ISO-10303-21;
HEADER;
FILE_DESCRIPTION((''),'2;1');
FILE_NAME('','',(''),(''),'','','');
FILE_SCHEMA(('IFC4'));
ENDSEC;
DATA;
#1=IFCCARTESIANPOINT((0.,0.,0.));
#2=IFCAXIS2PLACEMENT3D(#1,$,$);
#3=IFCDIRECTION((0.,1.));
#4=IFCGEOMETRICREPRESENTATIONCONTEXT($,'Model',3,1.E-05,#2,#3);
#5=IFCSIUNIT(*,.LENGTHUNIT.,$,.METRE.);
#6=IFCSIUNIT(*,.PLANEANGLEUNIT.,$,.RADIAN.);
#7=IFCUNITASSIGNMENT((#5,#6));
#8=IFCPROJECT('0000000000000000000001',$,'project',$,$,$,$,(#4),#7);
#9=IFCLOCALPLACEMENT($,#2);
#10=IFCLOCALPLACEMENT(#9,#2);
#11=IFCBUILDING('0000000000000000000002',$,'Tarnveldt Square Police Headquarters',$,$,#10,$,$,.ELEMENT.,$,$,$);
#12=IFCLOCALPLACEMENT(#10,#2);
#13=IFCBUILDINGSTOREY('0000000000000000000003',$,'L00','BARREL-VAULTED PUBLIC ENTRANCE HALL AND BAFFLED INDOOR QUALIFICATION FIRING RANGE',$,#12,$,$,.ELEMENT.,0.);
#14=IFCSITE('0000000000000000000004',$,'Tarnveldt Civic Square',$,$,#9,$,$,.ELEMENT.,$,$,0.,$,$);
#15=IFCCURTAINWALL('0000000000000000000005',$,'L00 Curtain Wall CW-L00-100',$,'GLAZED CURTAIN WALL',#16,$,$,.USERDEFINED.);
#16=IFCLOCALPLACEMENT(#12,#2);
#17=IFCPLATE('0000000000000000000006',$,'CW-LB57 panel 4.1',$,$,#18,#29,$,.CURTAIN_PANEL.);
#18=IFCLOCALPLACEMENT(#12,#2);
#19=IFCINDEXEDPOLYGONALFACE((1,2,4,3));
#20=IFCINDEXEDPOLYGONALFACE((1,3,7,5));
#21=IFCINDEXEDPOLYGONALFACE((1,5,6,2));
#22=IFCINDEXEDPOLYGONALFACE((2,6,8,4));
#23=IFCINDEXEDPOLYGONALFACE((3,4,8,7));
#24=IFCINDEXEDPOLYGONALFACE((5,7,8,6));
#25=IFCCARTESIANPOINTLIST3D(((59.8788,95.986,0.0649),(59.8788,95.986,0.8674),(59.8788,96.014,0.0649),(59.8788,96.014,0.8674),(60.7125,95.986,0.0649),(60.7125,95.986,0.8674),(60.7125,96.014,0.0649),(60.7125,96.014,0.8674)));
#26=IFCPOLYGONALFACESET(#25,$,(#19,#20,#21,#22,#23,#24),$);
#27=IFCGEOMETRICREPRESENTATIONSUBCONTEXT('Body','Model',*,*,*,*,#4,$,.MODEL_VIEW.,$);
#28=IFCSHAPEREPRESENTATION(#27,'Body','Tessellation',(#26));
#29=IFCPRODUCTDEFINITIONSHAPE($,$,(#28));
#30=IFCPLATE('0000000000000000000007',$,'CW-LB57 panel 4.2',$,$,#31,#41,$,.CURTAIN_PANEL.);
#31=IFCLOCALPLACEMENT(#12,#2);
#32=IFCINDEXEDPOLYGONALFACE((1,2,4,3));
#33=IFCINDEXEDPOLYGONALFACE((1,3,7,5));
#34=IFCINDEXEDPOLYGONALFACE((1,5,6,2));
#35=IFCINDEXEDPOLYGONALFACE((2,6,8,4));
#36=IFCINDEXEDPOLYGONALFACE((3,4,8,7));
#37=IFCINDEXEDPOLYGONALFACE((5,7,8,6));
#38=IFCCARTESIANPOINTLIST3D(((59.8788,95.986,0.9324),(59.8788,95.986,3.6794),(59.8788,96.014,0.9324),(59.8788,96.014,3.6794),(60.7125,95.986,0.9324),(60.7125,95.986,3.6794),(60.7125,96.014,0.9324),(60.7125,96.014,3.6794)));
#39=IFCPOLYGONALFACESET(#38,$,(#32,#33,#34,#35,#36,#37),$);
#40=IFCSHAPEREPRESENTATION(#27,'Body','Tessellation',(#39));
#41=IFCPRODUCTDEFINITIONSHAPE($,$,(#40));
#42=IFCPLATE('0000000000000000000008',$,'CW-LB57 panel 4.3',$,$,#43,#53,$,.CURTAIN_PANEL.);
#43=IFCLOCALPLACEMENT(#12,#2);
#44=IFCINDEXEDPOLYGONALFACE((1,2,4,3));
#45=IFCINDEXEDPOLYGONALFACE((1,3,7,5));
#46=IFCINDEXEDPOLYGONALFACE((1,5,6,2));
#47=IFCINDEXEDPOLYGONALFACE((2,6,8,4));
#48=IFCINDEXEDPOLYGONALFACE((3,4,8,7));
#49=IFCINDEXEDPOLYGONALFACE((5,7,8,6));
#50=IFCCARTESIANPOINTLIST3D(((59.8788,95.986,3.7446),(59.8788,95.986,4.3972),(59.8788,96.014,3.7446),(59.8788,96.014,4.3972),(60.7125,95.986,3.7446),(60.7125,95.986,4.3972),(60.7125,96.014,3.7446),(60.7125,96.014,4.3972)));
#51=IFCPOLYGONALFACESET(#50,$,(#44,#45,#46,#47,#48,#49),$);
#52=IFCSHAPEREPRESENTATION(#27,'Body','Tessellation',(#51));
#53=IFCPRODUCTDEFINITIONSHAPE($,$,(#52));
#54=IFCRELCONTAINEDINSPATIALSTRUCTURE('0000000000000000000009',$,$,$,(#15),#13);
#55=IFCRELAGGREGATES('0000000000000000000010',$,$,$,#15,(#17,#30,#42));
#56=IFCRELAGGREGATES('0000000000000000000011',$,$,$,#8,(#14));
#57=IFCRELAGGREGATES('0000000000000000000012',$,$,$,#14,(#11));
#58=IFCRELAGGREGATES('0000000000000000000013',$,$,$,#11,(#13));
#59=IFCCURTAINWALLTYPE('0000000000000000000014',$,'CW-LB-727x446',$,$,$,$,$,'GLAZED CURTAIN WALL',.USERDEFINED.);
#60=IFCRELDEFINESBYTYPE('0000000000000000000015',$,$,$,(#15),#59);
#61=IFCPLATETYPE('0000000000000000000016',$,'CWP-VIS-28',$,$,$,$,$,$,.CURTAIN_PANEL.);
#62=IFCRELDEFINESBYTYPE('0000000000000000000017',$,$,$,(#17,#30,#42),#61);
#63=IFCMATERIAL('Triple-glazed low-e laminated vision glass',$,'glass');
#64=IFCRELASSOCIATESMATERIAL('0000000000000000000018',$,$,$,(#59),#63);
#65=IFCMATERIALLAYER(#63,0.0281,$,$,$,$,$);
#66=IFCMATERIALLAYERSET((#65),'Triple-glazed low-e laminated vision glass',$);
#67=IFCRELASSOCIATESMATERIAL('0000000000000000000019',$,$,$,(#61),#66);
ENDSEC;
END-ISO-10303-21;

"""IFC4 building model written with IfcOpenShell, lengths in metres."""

from ifc_helpers import new_model, si_unit, direction, frame, origin, origin_2d, place, context, subcontext, project, spatial, rectangle, extrude, material, layer, layer_set, type_object, element, aggregate, save


model = new_model("IFC4")

# Units and contexts
model_context = context("Model", 3, precision=1e-05, world=origin(), true_north=direction((0.0, 1.0)))
body_context = subcontext(model_context, "Body", "Model", "MODEL_VIEW")
ifc_project = project(units=[si_unit("LENGTHUNIT", "METRE"), si_unit("PLANEANGLEUNIT", "RADIAN")], contexts=[model_context])

# Site, building, storey
site_placement = place(None, origin())
site = spatial("IfcSite", under=ifc_project, at=site_placement, Name="Tarnveldt Civic Square", CompositionType="ELEMENT", RefElevation=0.0)
building_placement = place(site_placement, origin())
building = spatial("IfcBuilding", under=site, at=building_placement, Name="Tarnveldt Square Police Headquarters", CompositionType="ELEMENT")
storey_placement = place(building_placement, origin())
storey = spatial("IfcBuildingStorey", under=building, at=storey_placement, Name="L00", Description="BARREL-VAULTED PUBLIC ENTRANCE HALL AND BAFFLED INDOOR QUALIFICATION FIRING RANGE", CompositionType="ELEMENT", Elevation=0.0)

# Curtain wall, plates
ifc_material_1 = material(Name="Triple-glazed low-e laminated vision glass", Category="glass")
curtain_wall_type = type_object("IfcCurtainWallType", Name="CW-LB-727x446", ElementType="GLAZED CURTAIN WALL", PredefinedType="USERDEFINED", material=ifc_material_1)
curtain_wall_placement = place(storey_placement, origin())
curtain_wall = element("IfcCurtainWall", 1, at=curtain_wall_placement, inside=storey, type_object=curtain_wall_type, Name="L00 Curtain Wall CW-L00-100", ObjectType="GLAZED CURTAIN WALL", PredefinedType="USERDEFINED")
ifc_layer = layer(ifc_material_1, 0.0281)
ifc_layer_set = layer_set([ifc_layer], Name="Triple-glazed low-e laminated vision glass")
plate_type = type_object("IfcPlateType", Name="CWP-VIS-28", PredefinedType="CURTAIN_PANEL", material=ifc_layer_set)
plate_1_placement = place(storey_placement, frame((60.2957, 96.0, 0.0649), z_axis=(0.0, 0.0, 1.0), x_axis=(1.0, 0.0, 0.0)))
plate_1 = element("IfcPlate", 2, at=plate_1_placement, type_object=plate_type, Name="CW-LB57 panel 4.1", PredefinedType="CURTAIN_PANEL", context=body_context, shape_type="SweptSolid", body=[
    extrude(rectangle(XDim=0.8337, YDim=0.0281, at=origin_2d()), origin(), (0.0, 0.0, 1.0), 0.8025),
])
plate_2_placement = place(storey_placement, frame((60.2957, 96.0, 0.9324), z_axis=(0.0, 0.0, 1.0), x_axis=(1.0, 0.0, 0.0)))
plate_2 = element("IfcPlate", 3, at=plate_2_placement, type_object=plate_type, Name="CW-LB57 panel 4.2", PredefinedType="CURTAIN_PANEL", context=body_context, shape_type="SweptSolid", body=[
    extrude(rectangle(XDim=0.8337, YDim=0.0281, at=origin_2d()), origin(), (0.0, 0.0, 1.0), 2.7471),
])
plate_3_placement = place(storey_placement, frame((60.2957, 96.0, 3.7446), z_axis=(0.0, 0.0, 1.0), x_axis=(1.0, 0.0, 0.0)))
plate_3 = element("IfcPlate", 4, at=plate_3_placement, type_object=plate_type, Name="CW-LB57 panel 4.3", PredefinedType="CURTAIN_PANEL", context=body_context, shape_type="SweptSolid", body=[
    extrude(rectangle(XDim=0.8337, YDim=0.0281, at=origin_2d()), origin(), (0.0, 0.0, 1.0), 0.6526),
])
aggregate(curtain_wall, [plate_1, plate_2, plate_3])

save(model, "model.ifc")
